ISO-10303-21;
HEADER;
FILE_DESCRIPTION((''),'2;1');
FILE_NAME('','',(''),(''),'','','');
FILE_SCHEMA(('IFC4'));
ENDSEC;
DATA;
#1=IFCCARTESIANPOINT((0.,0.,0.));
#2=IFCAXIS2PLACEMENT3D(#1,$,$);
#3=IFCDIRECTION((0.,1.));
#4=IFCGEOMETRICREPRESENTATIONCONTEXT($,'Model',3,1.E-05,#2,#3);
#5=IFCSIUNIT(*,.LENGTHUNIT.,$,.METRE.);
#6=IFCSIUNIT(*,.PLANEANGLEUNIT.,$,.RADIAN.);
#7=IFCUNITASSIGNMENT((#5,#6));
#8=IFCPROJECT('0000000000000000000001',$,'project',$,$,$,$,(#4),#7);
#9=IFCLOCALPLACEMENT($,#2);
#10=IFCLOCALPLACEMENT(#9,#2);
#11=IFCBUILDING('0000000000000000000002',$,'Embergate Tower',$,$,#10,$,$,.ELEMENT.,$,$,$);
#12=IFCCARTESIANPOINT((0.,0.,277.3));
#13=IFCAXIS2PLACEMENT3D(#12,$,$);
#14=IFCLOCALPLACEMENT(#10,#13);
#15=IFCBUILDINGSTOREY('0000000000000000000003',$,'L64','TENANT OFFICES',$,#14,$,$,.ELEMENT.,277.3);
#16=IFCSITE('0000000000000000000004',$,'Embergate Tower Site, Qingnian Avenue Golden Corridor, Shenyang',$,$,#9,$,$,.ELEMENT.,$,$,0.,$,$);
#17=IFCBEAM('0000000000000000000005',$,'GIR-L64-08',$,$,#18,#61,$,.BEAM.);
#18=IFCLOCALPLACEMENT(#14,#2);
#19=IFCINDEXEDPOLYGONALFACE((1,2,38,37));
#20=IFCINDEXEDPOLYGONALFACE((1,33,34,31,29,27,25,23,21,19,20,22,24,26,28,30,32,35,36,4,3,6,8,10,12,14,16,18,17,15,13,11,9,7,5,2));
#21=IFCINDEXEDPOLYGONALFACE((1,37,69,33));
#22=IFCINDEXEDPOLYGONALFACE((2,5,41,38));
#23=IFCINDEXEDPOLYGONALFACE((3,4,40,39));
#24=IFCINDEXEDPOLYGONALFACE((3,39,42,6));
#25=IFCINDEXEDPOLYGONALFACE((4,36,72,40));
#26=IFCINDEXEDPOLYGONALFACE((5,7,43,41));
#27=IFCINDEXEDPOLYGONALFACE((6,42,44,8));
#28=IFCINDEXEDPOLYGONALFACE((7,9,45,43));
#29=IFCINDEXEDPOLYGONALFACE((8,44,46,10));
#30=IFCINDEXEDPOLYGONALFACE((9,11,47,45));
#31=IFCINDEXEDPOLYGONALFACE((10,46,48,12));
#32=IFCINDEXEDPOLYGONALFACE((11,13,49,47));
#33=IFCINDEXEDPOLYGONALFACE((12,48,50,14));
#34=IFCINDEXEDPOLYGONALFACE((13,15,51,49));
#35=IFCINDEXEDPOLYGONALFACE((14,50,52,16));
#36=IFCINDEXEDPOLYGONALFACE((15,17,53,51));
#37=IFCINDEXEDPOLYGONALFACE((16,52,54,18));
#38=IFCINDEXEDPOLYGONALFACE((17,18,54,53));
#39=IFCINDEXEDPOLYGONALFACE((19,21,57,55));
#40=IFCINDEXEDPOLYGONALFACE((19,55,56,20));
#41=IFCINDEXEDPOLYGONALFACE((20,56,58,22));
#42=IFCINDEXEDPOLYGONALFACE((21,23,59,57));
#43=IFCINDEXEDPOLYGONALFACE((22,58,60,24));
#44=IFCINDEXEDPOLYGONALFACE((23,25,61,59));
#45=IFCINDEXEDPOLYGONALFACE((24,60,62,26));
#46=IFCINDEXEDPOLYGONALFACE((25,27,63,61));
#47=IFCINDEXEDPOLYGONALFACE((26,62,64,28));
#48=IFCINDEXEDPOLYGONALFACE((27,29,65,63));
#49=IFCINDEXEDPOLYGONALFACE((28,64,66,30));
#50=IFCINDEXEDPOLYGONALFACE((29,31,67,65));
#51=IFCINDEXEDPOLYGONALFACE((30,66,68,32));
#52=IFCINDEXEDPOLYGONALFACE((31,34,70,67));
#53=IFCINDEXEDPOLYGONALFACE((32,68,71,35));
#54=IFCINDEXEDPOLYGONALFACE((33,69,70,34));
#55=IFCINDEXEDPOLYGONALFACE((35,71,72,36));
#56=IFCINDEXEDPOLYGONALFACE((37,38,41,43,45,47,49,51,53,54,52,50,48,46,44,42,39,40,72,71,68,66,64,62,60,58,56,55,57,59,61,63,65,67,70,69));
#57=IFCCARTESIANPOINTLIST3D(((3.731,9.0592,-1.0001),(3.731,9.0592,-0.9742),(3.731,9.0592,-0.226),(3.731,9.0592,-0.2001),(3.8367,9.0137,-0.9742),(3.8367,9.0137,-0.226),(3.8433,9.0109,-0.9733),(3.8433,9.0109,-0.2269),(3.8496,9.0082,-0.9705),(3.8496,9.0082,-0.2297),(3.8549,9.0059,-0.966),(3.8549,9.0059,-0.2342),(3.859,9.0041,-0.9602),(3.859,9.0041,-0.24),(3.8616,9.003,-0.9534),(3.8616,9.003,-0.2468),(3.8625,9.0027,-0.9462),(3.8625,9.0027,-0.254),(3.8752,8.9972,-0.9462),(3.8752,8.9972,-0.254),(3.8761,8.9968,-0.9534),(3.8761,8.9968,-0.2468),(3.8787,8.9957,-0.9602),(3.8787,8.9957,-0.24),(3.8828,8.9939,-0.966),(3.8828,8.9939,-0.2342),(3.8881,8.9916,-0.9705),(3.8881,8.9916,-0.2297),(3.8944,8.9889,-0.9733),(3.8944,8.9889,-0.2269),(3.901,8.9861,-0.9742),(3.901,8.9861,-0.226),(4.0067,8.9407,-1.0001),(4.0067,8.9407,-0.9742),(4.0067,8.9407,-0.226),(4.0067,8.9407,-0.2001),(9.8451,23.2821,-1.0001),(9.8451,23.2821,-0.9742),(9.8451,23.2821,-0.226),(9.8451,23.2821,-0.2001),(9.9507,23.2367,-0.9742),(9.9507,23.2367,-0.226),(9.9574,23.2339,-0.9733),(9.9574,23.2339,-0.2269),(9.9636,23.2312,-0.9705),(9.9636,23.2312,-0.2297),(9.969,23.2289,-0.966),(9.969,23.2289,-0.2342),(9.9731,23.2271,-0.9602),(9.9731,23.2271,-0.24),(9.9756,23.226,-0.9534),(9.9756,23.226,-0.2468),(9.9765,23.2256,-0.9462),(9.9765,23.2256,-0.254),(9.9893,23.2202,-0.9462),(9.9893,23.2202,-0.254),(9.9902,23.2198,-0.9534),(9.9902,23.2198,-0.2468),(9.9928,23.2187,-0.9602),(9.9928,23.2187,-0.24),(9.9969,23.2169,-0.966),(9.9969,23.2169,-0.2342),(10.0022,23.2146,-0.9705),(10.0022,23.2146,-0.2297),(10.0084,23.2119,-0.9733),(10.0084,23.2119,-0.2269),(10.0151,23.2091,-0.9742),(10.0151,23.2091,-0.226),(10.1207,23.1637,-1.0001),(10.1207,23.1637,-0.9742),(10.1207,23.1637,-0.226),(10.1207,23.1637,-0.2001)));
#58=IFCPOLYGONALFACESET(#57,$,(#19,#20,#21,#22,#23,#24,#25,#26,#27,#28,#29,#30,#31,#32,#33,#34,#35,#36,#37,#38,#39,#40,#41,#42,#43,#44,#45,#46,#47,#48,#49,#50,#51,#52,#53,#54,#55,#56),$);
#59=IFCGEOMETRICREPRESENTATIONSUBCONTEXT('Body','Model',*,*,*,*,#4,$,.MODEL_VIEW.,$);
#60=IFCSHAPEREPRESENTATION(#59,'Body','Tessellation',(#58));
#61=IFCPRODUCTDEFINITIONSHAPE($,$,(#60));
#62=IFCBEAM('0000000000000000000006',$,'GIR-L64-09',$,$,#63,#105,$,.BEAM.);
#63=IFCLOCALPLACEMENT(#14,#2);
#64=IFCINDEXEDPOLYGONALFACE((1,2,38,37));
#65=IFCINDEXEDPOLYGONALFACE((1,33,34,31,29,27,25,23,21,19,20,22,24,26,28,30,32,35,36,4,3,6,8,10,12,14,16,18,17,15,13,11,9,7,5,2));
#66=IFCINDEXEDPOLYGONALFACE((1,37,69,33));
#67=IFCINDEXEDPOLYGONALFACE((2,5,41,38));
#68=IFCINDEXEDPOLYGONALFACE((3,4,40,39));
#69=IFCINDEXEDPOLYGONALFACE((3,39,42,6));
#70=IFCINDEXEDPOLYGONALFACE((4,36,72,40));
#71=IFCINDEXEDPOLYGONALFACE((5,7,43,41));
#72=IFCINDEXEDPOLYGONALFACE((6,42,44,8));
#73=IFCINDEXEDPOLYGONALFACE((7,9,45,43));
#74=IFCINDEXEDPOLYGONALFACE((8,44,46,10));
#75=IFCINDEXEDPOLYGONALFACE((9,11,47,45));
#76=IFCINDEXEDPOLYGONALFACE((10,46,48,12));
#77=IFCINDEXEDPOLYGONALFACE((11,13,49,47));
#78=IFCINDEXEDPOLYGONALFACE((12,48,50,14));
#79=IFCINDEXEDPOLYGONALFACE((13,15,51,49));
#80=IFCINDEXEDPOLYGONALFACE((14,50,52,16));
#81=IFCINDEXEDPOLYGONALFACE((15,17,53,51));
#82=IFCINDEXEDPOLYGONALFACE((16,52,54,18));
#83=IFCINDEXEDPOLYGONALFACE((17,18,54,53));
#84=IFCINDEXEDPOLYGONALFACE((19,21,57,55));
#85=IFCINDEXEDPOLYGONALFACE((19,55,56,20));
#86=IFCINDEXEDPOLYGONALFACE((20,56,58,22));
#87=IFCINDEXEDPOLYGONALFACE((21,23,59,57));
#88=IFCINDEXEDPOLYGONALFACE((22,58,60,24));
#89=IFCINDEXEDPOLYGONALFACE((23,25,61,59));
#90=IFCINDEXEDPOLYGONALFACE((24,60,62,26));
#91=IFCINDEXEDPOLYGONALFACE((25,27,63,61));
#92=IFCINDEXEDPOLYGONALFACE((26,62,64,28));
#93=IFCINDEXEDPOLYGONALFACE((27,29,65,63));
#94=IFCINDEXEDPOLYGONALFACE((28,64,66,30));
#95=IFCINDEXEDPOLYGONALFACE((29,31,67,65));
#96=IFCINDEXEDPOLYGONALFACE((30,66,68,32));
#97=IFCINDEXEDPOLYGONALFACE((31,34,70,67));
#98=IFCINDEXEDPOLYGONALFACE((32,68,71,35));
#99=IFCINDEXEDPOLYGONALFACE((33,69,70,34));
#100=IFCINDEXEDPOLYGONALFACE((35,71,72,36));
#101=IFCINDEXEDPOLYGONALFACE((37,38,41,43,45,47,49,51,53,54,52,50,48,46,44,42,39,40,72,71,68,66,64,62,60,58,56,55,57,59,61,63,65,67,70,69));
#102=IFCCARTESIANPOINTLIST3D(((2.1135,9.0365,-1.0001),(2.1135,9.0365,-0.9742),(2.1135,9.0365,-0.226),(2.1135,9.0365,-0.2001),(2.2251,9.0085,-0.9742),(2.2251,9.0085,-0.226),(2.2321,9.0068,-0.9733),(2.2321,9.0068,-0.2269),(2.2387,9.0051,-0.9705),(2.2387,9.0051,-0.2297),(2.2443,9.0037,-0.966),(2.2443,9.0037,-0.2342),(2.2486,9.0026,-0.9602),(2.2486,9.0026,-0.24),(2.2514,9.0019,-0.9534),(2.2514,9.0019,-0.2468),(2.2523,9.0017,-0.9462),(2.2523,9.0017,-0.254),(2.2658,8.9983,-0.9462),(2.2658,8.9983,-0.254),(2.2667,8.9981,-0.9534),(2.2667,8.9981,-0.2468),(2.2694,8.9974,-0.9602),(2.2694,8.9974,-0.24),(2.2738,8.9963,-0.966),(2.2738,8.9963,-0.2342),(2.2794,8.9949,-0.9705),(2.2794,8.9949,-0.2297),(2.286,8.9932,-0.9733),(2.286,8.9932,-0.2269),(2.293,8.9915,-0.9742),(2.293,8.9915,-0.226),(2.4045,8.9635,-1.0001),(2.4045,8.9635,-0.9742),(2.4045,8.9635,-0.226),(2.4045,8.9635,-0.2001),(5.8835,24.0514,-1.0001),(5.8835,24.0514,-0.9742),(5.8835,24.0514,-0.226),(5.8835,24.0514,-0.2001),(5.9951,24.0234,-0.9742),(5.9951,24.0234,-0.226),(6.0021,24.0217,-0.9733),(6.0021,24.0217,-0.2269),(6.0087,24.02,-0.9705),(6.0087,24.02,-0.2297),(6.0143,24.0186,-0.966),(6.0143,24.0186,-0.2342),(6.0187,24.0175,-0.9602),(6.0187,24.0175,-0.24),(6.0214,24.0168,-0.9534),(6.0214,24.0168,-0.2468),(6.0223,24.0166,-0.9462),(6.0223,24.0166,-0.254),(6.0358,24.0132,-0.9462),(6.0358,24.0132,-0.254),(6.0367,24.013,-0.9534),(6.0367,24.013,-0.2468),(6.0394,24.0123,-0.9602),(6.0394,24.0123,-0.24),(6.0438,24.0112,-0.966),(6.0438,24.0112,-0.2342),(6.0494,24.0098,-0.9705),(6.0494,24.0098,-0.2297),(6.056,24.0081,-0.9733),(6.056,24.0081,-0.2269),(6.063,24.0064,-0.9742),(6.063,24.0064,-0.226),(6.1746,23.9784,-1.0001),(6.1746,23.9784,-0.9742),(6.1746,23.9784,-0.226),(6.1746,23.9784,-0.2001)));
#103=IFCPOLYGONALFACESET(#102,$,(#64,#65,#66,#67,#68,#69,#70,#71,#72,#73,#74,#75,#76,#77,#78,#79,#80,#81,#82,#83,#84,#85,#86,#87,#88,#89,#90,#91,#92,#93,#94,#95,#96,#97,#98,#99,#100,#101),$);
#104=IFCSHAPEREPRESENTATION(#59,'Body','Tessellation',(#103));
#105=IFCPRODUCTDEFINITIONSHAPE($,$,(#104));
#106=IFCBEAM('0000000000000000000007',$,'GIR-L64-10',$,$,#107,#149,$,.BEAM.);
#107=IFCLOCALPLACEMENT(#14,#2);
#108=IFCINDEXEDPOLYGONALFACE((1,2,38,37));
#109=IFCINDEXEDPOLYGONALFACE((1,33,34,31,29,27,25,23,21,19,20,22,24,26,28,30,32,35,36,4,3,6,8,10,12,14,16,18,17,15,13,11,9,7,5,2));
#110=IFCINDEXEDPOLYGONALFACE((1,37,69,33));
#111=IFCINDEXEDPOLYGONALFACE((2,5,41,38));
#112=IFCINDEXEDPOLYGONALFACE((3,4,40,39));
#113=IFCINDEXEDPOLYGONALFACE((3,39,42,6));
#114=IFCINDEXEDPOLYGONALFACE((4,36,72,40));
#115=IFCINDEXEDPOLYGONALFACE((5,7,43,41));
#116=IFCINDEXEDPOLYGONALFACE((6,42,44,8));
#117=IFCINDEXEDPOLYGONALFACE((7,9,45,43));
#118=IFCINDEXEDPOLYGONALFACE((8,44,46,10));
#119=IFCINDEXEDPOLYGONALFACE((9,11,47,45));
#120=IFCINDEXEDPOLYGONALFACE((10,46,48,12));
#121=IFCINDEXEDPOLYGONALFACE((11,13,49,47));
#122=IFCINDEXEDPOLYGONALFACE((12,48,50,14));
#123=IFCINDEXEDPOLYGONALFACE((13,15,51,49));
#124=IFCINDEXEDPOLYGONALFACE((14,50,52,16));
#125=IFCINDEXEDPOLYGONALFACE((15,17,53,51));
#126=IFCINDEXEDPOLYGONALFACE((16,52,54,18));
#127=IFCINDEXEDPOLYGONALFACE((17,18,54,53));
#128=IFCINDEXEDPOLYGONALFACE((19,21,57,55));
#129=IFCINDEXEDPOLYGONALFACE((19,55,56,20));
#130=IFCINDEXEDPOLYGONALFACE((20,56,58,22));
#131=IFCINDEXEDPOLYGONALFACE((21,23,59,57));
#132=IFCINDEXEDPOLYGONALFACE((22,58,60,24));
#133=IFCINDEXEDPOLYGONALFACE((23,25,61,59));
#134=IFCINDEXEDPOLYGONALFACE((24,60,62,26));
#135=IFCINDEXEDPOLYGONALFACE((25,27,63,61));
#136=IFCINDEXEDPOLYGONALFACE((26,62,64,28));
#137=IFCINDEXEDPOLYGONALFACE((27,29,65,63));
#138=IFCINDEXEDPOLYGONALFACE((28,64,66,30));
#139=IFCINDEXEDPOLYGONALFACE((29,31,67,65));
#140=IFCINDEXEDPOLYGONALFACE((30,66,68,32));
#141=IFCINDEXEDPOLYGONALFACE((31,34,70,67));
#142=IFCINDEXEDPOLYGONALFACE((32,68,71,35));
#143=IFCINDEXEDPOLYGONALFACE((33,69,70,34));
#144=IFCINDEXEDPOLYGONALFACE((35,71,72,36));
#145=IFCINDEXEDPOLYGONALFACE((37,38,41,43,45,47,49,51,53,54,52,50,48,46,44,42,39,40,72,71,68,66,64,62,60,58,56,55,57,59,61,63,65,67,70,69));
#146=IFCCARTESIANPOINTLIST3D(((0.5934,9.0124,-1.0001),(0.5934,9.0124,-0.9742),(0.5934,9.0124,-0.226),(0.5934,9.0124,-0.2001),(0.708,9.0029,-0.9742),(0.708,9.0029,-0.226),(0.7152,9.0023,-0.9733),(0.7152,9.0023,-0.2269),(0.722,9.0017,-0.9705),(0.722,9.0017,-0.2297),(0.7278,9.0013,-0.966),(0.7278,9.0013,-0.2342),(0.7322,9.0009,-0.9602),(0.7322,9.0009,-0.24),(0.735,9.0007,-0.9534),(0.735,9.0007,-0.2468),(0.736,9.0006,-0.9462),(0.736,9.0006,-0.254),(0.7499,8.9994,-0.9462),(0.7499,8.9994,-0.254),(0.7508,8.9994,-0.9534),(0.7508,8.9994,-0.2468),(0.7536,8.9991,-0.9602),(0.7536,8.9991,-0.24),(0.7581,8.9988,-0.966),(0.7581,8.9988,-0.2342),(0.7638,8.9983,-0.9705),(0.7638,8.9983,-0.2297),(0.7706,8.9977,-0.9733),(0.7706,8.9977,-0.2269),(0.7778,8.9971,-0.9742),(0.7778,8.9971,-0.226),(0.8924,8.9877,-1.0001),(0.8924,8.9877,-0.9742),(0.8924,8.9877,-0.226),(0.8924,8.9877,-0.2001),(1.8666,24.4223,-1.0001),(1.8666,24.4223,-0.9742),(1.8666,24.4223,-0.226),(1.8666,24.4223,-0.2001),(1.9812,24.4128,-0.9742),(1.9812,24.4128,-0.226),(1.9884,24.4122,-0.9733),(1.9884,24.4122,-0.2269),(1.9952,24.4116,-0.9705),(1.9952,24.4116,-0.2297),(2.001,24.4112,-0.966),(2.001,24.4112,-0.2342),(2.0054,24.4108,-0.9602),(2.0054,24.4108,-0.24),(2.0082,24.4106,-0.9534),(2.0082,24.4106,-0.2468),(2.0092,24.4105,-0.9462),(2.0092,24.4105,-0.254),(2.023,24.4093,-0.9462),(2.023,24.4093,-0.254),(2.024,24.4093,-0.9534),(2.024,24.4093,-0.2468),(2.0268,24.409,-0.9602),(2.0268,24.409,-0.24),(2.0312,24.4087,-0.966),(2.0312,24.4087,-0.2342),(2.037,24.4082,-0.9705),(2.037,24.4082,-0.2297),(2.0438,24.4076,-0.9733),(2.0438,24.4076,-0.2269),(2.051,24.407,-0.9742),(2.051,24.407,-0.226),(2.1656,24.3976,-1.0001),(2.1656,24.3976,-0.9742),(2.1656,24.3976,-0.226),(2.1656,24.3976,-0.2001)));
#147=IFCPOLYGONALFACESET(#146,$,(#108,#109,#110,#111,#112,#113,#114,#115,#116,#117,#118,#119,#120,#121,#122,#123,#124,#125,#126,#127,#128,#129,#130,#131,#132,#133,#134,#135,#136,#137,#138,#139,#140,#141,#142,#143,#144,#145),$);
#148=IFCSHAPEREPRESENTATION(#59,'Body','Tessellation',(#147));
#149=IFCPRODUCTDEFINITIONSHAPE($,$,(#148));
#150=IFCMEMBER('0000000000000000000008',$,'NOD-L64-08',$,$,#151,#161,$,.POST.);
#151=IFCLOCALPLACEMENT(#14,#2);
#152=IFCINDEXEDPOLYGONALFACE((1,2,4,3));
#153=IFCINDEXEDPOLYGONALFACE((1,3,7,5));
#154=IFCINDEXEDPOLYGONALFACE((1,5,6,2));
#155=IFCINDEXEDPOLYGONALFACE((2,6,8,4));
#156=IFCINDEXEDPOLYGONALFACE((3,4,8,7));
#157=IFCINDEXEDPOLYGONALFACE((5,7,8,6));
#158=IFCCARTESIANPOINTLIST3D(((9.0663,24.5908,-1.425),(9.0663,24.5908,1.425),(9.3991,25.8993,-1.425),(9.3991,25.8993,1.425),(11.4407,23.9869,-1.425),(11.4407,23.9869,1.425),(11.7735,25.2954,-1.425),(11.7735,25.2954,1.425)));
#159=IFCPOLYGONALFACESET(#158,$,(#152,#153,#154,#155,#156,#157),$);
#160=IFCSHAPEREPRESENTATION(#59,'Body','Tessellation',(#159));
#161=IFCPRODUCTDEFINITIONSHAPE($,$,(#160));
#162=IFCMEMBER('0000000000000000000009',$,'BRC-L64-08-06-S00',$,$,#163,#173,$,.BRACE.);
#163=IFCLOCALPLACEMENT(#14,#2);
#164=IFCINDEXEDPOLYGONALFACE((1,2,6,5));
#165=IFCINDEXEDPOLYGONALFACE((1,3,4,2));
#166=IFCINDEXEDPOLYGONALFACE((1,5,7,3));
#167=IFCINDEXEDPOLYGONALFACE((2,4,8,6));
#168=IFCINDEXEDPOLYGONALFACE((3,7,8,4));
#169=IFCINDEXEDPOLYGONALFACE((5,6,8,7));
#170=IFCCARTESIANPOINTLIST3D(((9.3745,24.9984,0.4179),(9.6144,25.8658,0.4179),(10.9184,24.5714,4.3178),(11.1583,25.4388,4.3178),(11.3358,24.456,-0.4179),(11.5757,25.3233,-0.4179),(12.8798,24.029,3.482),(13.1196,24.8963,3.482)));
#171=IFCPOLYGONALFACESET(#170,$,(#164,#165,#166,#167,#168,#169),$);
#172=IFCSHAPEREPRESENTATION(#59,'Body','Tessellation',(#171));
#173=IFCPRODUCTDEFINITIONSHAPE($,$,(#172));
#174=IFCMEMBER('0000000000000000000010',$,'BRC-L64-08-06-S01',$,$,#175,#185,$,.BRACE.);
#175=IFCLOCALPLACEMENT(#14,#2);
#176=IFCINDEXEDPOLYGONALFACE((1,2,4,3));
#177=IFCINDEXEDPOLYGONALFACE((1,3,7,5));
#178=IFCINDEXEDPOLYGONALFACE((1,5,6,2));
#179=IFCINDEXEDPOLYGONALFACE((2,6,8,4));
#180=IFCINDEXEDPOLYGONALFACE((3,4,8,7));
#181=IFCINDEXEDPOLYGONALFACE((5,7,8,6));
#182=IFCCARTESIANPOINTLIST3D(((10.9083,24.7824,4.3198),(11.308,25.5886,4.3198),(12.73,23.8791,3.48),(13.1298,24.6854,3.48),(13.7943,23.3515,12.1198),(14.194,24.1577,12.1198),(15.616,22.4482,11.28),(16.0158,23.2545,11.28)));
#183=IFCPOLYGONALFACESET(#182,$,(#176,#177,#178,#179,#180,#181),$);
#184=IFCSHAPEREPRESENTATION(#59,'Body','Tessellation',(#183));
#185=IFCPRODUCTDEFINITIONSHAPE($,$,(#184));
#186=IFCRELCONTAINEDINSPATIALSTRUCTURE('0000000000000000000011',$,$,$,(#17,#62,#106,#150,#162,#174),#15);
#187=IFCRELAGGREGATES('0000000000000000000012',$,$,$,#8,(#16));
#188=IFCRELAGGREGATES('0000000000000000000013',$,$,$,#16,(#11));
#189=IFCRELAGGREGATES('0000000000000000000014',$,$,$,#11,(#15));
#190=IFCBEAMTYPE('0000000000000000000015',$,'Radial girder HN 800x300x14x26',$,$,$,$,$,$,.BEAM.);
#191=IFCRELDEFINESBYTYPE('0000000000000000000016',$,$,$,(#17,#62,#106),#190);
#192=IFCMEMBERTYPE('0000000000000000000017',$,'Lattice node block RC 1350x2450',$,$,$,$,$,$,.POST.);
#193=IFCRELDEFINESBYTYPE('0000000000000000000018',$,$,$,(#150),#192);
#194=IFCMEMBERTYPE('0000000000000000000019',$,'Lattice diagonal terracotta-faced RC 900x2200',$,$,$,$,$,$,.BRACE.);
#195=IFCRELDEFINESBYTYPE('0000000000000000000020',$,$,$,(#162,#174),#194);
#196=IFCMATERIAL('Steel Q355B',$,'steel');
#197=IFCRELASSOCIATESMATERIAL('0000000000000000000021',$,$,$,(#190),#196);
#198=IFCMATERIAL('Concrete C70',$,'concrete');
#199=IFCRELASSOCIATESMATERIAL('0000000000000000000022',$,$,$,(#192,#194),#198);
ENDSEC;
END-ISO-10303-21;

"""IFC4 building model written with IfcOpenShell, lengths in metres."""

from ifc_helpers import new_model, si_unit, direction, frame, origin, origin_2d, place, context, subcontext, project, spatial, rectangle, i_section, extrude, source, transform, mapped, material, material_profile, profile_set, type_object, element, save


model = new_model("IFC4")

# Units and contexts
model_context = context("Model", 3, precision=1e-05, world=origin(), true_north=direction((0.0, 1.0)))
body_context = subcontext(model_context, "Body", "Model", "MODEL_VIEW")
ifc_project = project(units=[si_unit("LENGTHUNIT", "METRE"), si_unit("PLANEANGLEUNIT", "RADIAN")], contexts=[model_context])

# Site, building, storey
site_placement = place(None, origin())
site = spatial("IfcSite", under=ifc_project, at=site_placement, Name="Embergate Tower Site, Qingnian Avenue Golden Corridor, Shenyang", CompositionType="ELEMENT", RefElevation=0.0)
building_placement = place(site_placement, origin())
building = spatial("IfcBuilding", under=site, at=building_placement, Name="Embergate Tower", CompositionType="ELEMENT")
storey_placement = place(building_placement, frame((0.0, 0.0, 277.3)))
storey = spatial("IfcBuildingStorey", under=building, at=storey_placement, Name="L64", Description="TENANT OFFICES", CompositionType="ELEMENT", Elevation=277.3)

# Beams
ifc_material_1 = material(Name="Steel Q355B", Category="steel")
ifc_material_profile_1 = material_profile(ifc_material_1, i_section(OverallWidth=0.3, OverallDepth=0.8, WebThickness=0.0139, FlangeThickness=0.0259, FilletRadius=0.0281, at=origin_2d()), Name="HN 800x300x14x26")
ifc_profile_set_1 = profile_set([ifc_material_profile_1], Name="Steel Q355 grade B")
beam_type_1 = type_object("IfcBeamType", Name="Radial girder HN 800x300x14x26", PredefinedType="BEAM", material=ifc_profile_set_1)
shared_shape_1 = source(origin(), body_context, "Body", "SweptSolid", [
    extrude(i_section(OverallWidth=0.3, OverallDepth=0.8, WebThickness=0.0139, FlangeThickness=0.0259, FilletRadius=0.0281, at=origin_2d()), origin(), (0.0, 0.0, 1.0), 15.4814),
])
beam_1_placement = place(storey_placement, frame((9.9829, 23.2229, -0.6001), z_axis=(-0.394928, -0.918712, 0.0), x_axis=(0.918712, -0.394928, 0.0)))
element("IfcBeam", 1, at=beam_1_placement, inside=storey, type_object=beam_type_1, Name="GIR-L64-08", PredefinedType="BEAM", context=body_context, shape_type="MappedRepresentation", body=[
    mapped(shared_shape_1, transform((0.0, 0.0, 0.0))),
])
shared_shape_2 = source(origin(), body_context, "Body", "SweptSolid", [
    extrude(i_section(OverallWidth=0.3, OverallDepth=0.8, WebThickness=0.0139, FlangeThickness=0.0259, FilletRadius=0.0281, at=origin_2d()), origin(), (0.0, 0.0, 1.0), 15.481),
])
beam_2_placement = place(storey_placement, frame((6.0291, 24.0149, -0.6001), z_axis=(-0.243526, -0.969894, 0.0), x_axis=(0.969894, -0.243526, 0.0)))
element("IfcBeam", 2, at=beam_2_placement, inside=storey, type_object=beam_type_1, Name="GIR-L64-09", PredefinedType="BEAM", context=body_context, shape_type="MappedRepresentation", body=[
    mapped(shared_shape_2, transform((0.0, 0.0, 0.0))),
])
shared_shape_3 = source(origin(), body_context, "Body", "SweptSolid", [
    extrude(i_section(OverallWidth=0.3, OverallDepth=0.8, WebThickness=0.0139, FlangeThickness=0.0259, FilletRadius=0.0281, at=origin_2d()), origin(), (0.0, 0.0, 1.0), 15.4624),
])
beam_3_placement = place(storey_placement, frame((2.0161, 24.4099, -0.6001), z_axis=(-0.082341, -0.996604, 0.0), x_axis=(0.996604, -0.082341, 0.0)))
element("IfcBeam", 3, at=beam_3_placement, inside=storey, type_object=beam_type_1, Name="GIR-L64-10", PredefinedType="BEAM", context=body_context, shape_type="MappedRepresentation", body=[
    mapped(shared_shape_3, transform((0.0, 0.0, 0.0))),
])

# Members
ifc_material_2 = material(Name="Concrete C70", Category="concrete")
ifc_material_profile_2 = material_profile(ifc_material_2, rectangle(XDim=1.3501, YDim=2.45, at=origin_2d()), Name="RC 1350x2450")
ifc_profile_set_2 = profile_set([ifc_material_profile_2], Name="Concrete C70")
member_type_1 = type_object("IfcMemberType", Name="Lattice node block RC 1350x2450", PredefinedType="POST", material=ifc_profile_set_2)
shared_shape_4 = source(origin(), body_context, "Body", "SweptSolid", [
    extrude(rectangle(XDim=1.3501, YDim=2.45, at=origin_2d()), origin(), (0.0, 0.0, 1.0), 2.8501),
])
member_1_placement = place(storey_placement, frame((10.4199, 24.9431, -1.425), z_axis=(0.0, 0.0, 1.0), x_axis=(0.246492, 0.969145, 0.0)))
element("IfcMember", 4, at=member_1_placement, inside=storey, type_object=member_type_1, Name="NOD-L64-08", PredefinedType="POST", context=body_context, shape_type="MappedRepresentation", body=[
    mapped(shared_shape_4, transform((0.0, 0.0, 0.0))),
])
ifc_material_profile_3 = material_profile(ifc_material_2, rectangle(XDim=0.8999, YDim=2.2, at=origin_2d()), Name="RC 900x2200")
ifc_profile_set_3 = profile_set([ifc_material_profile_3], Name="Concrete C70")
member_type_2 = type_object("IfcMemberType", Name="Lattice diagonal terracotta-faced RC 900x2200", PredefinedType="BRACE", material=ifc_profile_set_3)
shared_shape_5 = source(origin(), body_context, "Body", "SweptSolid", [
    extrude(rectangle(XDim=0.8999, YDim=2.2, at=origin_2d()), origin(), (0.0, 0.0, 1.0), 4.2161),
])
member_2_placement = place(storey_placement, frame((10.4751, 25.1609, 0.0), z_axis=(0.366204, -0.101279, 0.925007), x_axis=(0.266559, 0.963819, 0.0)))
element("IfcMember", 5, at=member_2_placement, inside=storey, type_object=member_type_2, Name="BRC-L64-08-06-S00", PredefinedType="BRACE", context=body_context, shape_type="MappedRepresentation", body=[
    mapped(shared_shape_5, transform((0.0, 0.0, 0.0))),
])
shared_shape_6 = source(origin(), body_context, "Body", "SweptSolid", [
    extrude(rectangle(XDim=0.8999, YDim=2.2, at=origin_2d()), origin(), (0.0, 0.0, 1.0), 8.439),
])
member_3_placement = place(storey_placement, frame((12.019, 24.7339, 3.8999), z_axis=(0.341981, -0.169558, 0.924283), x_axis=(0.44421, 0.895923, 0.0)))
element("IfcMember", 6, at=member_3_placement, inside=storey, type_object=member_type_2, Name="BRC-L64-08-06-S01", PredefinedType="BRACE", context=body_context, shape_type="MappedRepresentation", body=[
    mapped(shared_shape_6, transform((0.0, 0.0, 0.0))),
])

save(model, "model.ifc")
